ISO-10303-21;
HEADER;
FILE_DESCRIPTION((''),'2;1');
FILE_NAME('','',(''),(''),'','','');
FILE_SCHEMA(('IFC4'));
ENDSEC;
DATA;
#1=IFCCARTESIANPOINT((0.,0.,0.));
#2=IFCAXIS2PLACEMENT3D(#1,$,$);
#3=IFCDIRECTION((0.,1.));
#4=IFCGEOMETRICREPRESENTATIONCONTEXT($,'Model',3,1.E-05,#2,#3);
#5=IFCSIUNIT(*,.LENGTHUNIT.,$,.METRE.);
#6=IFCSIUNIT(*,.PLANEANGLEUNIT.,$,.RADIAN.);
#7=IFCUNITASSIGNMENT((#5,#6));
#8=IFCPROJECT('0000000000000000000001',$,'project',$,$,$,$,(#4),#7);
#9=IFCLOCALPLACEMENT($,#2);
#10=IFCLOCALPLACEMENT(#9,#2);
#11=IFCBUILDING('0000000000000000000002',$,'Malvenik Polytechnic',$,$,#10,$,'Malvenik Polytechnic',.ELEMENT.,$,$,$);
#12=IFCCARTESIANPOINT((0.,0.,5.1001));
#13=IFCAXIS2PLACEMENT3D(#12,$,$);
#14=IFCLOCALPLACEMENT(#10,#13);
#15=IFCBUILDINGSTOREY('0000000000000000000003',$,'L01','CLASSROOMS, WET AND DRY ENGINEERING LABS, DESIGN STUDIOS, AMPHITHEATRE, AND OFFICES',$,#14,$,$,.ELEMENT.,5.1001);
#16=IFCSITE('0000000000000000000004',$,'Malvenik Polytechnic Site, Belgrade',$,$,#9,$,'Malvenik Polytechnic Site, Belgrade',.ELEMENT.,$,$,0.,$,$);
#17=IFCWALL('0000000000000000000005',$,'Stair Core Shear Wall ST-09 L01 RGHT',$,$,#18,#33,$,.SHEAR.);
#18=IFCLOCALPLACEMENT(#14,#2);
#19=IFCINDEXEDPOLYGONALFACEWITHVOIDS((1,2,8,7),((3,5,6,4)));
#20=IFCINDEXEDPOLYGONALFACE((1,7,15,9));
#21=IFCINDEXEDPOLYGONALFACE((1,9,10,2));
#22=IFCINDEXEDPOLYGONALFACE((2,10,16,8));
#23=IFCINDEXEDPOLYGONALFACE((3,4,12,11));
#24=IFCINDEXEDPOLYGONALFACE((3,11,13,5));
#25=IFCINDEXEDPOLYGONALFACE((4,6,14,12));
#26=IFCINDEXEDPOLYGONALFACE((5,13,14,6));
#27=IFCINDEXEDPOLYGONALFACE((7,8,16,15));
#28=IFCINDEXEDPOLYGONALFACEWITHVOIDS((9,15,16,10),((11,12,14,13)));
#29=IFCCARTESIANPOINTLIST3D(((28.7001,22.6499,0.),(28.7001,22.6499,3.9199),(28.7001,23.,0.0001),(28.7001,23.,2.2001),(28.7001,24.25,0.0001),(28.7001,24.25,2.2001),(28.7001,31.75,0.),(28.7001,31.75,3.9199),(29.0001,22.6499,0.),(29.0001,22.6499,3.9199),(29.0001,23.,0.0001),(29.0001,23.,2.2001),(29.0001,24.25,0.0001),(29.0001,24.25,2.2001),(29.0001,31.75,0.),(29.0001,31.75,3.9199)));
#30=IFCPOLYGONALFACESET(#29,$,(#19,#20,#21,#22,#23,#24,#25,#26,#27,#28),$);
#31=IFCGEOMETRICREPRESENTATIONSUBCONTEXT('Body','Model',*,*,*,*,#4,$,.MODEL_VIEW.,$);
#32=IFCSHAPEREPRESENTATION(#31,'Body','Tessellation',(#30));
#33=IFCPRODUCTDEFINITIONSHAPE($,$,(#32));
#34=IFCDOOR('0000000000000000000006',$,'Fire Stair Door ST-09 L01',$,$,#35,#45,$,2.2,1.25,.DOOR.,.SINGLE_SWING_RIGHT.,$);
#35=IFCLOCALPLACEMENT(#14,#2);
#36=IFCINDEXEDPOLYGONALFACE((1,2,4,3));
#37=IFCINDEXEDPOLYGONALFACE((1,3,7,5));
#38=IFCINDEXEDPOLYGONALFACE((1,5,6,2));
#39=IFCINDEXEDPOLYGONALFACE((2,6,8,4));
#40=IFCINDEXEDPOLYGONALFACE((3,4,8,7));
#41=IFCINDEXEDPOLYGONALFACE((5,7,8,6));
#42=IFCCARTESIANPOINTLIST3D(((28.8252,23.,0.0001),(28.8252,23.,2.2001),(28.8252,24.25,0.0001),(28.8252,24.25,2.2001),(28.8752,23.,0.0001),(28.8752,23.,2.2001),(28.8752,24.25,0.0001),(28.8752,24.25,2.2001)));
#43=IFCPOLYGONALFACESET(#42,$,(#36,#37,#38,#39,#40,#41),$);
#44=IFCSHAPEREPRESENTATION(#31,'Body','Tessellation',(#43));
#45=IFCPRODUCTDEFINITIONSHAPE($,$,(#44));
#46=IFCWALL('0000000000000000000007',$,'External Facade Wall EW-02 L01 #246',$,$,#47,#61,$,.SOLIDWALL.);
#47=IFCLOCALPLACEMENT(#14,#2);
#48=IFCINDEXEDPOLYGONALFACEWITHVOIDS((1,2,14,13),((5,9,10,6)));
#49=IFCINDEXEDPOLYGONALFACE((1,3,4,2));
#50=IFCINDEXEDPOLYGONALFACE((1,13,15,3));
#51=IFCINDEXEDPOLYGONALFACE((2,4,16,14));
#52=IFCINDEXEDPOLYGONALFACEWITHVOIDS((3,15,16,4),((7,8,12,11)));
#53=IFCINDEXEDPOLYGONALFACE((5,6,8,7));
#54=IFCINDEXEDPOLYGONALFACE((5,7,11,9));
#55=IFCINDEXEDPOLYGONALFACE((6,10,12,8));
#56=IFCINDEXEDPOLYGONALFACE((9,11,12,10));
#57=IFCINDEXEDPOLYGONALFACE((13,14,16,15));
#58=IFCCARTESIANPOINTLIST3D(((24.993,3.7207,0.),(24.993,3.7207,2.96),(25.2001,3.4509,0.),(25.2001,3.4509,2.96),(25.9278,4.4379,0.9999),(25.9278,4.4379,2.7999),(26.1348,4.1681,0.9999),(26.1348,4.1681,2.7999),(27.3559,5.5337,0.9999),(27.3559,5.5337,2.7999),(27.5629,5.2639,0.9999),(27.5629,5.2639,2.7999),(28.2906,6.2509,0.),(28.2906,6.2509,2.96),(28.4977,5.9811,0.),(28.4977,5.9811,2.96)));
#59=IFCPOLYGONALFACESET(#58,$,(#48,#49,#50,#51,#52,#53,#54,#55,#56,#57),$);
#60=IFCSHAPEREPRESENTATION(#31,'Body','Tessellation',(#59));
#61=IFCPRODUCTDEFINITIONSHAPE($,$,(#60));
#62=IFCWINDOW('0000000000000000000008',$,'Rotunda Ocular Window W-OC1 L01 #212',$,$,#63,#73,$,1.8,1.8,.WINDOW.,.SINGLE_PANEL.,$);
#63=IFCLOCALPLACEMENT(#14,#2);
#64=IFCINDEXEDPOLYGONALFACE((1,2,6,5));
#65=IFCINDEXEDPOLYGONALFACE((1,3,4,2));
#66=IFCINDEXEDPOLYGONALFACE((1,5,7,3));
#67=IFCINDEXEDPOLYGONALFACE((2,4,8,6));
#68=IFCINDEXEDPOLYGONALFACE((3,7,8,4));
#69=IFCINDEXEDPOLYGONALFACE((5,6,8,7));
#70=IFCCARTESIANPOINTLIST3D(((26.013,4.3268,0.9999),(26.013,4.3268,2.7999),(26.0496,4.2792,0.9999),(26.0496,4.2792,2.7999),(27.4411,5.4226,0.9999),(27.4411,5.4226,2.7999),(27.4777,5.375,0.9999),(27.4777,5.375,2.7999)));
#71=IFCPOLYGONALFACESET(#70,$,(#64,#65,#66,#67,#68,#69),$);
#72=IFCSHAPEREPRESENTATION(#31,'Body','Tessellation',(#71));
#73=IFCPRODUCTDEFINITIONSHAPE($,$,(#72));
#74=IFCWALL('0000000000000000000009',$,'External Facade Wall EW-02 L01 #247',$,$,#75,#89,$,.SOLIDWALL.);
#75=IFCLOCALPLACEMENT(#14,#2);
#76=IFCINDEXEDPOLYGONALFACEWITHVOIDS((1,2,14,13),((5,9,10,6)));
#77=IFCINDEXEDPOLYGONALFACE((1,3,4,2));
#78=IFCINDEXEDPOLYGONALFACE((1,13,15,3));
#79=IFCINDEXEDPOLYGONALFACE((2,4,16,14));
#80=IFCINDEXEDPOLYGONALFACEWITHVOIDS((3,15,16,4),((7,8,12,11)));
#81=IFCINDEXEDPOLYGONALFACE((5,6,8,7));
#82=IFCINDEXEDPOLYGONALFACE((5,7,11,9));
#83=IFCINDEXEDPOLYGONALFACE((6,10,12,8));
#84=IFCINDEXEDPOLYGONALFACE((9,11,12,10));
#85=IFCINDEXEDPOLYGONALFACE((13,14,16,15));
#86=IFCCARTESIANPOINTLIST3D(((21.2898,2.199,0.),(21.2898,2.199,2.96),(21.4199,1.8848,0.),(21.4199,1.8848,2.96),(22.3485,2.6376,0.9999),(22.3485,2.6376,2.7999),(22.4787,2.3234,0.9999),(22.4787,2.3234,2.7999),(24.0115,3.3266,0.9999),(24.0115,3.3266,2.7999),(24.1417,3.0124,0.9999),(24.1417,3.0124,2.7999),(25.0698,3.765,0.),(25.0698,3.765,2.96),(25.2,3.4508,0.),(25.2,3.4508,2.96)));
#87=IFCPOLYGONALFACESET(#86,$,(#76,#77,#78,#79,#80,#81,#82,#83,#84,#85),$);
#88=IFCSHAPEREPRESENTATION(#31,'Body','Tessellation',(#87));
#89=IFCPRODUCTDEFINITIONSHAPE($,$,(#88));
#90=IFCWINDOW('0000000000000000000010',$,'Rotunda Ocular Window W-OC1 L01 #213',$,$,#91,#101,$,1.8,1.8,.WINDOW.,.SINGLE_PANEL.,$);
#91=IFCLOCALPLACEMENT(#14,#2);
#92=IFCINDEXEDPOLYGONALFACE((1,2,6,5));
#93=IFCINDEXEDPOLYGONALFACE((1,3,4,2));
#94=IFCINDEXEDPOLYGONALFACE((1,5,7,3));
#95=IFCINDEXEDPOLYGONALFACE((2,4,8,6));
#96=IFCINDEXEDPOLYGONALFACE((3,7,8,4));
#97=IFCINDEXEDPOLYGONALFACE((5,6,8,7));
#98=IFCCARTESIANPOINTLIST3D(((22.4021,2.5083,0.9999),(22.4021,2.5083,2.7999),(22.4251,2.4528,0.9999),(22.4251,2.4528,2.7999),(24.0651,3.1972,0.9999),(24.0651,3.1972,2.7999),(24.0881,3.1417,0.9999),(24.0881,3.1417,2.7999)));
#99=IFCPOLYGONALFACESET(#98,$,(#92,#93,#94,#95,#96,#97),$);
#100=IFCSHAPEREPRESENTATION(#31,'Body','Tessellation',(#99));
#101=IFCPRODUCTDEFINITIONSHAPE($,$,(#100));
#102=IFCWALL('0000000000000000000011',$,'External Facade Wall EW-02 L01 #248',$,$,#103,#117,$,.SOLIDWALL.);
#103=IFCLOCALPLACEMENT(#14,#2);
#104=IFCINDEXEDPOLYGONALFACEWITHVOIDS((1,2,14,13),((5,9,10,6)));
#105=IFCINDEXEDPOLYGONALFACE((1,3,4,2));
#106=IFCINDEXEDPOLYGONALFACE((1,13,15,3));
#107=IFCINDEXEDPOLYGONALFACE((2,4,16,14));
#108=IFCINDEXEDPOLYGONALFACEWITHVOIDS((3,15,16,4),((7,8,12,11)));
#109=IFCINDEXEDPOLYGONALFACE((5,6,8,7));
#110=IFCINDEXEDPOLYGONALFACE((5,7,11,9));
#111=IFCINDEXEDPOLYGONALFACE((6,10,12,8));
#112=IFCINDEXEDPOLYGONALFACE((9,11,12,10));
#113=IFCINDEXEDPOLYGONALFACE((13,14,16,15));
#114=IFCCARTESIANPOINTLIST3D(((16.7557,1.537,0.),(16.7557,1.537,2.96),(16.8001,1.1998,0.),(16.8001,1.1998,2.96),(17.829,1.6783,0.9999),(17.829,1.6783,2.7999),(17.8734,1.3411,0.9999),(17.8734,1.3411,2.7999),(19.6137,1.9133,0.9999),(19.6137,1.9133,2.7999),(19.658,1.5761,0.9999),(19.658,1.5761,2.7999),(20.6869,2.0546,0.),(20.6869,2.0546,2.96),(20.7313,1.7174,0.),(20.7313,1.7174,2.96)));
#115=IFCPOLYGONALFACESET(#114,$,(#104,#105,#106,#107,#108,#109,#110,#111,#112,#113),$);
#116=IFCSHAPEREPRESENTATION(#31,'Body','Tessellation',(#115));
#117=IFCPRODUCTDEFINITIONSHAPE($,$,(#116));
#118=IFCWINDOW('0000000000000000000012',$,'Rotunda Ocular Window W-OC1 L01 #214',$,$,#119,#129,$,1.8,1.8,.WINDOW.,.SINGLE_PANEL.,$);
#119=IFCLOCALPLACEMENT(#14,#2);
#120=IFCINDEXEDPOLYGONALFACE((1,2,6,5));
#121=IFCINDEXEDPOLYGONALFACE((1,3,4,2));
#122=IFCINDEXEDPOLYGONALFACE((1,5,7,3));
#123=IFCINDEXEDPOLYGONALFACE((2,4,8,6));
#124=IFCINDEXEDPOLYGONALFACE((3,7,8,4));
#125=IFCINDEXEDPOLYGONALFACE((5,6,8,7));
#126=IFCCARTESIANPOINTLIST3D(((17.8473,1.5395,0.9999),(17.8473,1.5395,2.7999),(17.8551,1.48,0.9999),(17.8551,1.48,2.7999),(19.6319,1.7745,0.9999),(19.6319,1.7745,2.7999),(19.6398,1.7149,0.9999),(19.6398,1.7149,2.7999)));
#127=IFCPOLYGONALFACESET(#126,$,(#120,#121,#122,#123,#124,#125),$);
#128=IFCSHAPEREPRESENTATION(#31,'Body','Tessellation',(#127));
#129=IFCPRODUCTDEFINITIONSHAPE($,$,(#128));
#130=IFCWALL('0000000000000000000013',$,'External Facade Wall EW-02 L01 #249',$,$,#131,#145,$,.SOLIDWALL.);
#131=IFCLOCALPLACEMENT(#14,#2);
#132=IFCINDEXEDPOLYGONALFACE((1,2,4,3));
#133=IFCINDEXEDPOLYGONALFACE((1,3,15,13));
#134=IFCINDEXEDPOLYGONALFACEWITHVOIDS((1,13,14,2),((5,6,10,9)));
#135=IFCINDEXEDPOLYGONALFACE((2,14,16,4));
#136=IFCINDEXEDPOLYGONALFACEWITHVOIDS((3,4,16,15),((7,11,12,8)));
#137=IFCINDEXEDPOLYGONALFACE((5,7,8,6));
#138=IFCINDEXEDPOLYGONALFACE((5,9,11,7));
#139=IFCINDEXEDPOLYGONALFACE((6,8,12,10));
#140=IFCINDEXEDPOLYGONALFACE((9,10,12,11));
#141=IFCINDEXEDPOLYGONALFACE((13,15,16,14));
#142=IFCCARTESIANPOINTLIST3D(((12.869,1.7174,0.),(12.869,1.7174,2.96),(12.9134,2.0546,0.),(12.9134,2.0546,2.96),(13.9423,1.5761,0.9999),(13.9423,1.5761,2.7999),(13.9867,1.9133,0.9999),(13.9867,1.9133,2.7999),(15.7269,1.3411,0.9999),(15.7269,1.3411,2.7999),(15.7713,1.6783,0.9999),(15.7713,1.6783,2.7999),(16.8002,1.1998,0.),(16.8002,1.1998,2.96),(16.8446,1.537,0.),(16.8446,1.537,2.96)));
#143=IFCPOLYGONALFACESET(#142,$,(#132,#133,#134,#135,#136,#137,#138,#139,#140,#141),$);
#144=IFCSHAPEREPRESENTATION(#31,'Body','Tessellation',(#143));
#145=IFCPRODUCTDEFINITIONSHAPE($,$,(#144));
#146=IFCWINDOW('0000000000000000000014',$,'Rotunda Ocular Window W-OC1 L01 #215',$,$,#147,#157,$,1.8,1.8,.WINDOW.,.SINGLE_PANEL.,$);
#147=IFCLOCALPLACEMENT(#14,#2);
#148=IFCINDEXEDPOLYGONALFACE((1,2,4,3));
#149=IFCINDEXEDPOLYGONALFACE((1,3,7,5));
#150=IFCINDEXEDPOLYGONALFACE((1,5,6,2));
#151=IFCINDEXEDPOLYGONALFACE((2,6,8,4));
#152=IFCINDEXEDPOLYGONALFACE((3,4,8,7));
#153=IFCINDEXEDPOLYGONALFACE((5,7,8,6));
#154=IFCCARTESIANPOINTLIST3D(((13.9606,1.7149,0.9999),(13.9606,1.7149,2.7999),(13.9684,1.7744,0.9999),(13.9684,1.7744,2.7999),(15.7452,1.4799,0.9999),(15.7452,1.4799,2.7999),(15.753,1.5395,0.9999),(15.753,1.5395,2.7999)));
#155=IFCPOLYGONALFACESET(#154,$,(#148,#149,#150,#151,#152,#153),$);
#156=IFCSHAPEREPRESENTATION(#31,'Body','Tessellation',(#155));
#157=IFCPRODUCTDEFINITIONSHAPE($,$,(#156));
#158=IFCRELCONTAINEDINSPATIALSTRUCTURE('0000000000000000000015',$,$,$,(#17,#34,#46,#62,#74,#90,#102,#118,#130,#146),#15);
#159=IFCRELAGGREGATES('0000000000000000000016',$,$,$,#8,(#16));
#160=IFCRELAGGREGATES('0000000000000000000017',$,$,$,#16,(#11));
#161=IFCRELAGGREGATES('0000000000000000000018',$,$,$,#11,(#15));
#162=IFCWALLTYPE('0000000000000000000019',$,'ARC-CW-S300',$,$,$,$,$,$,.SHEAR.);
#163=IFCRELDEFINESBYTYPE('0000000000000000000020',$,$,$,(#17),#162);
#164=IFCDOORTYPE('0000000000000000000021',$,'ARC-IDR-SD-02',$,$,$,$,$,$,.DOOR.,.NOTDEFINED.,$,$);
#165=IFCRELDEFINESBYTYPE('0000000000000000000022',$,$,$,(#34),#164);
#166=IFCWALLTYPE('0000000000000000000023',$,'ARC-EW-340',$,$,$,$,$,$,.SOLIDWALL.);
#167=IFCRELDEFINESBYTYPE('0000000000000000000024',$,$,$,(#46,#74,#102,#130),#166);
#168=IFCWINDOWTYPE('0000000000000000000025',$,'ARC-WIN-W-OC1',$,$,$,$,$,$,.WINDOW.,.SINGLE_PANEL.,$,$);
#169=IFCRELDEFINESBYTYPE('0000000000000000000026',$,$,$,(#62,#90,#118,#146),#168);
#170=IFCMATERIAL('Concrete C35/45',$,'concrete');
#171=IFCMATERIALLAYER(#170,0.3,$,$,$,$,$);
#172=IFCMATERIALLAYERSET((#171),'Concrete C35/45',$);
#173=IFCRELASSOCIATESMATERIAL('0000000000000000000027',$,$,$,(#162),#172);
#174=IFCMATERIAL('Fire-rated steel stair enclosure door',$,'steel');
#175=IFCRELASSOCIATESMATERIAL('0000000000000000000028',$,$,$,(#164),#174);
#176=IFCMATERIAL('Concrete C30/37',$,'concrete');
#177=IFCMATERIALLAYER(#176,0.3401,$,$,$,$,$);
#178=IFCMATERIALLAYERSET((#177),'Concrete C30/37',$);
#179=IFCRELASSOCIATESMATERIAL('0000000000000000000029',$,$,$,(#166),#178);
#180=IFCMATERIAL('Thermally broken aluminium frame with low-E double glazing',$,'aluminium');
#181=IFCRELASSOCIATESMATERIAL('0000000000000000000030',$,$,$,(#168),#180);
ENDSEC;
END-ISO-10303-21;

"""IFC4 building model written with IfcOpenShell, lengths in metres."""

from ifc_helpers import new_model, si_unit, direction, frame, frame_2d, origin, place, context, subcontext, project, spatial, rectangle, extrude, material, layer, layer_set, type_object, element, fill, save


model = new_model("IFC4")

# Units and contexts
model_context = context("Model", 3, precision=1e-05, world=origin(), true_north=direction((0.0, 1.0)))
body_context = subcontext(model_context, "Body", "Model", "MODEL_VIEW")
ifc_project = project(units=[si_unit("LENGTHUNIT", "METRE"), si_unit("PLANEANGLEUNIT", "RADIAN")], contexts=[model_context])

# Site, building, storey
site_placement = place(None, origin())
site = spatial("IfcSite", under=ifc_project, at=site_placement, Name="Malvenik Polytechnic Site, Belgrade", LongName="Malvenik Polytechnic Site, Belgrade", CompositionType="ELEMENT", RefElevation=0.0)
building_placement = place(site_placement, origin())
building = spatial("IfcBuilding", under=site, at=building_placement, Name="Malvenik Polytechnic", LongName="Malvenik Polytechnic", CompositionType="ELEMENT")
storey_placement = place(building_placement, frame((0.0, 0.0, 5.1001)))
storey = spatial("IfcBuildingStorey", under=building, at=storey_placement, Name="L01", Description="CLASSROOMS, WET AND DRY ENGINEERING LABS, DESIGN STUDIOS, AMPHITHEATRE, AND OFFICES", CompositionType="ELEMENT", Elevation=5.1001)

# Shared definitions
ifc_material_1 = material(Name="Concrete C35/45", Category="concrete")

# Wall, opening, door
ifc_layer_1 = layer(ifc_material_1, 0.3)
ifc_layer_set_1 = layer_set([ifc_layer_1], Name="Concrete C35/45")
wall_type_1 = type_object("IfcWallType", Name="ARC-CW-S300", PredefinedType="SHEAR", material=ifc_layer_set_1)
wall_1_placement = place(storey_placement, frame((28.8501, 22.6499, 0.0), z_axis=(0.0, 0.0, 1.0), x_axis=(0.0, 1.0, 0.0)))
wall_1 = element("IfcWall", 1, at=wall_1_placement, inside=storey, type_object=wall_type_1, Name="Stair Core Shear Wall ST-09 L01 RGHT", PredefinedType="SHEAR", context=body_context, shape_type="SweptSolid", body=[
    extrude(rectangle(XDim=9.1001, YDim=0.3, at=frame_2d((4.55, 0.0))), origin(), (0.0, 0.0, 1.0), 3.9199),
])
opening_1_placement = place(wall_1_placement, frame((0.3501, 0.0, 0.0)))
opening_1 = element("IfcOpeningElement", 2, at=opening_1_placement, cuts=wall_1, PredefinedType="OPENING", context=body_context, shape_type="SweptSolid", body=[
    extrude(rectangle(XDim=1.25, YDim=2.2, at=frame_2d((0.625, 1.1001))), frame((0.0, 0.1602, 0.0), z_axis=(0.0, -1.0, 0.0), x_axis=(1.0, 0.0, 0.0)), (0.0, 0.0, 1.0), 0.3201),
])
ifc_material_2 = material(Name="Fire-rated steel stair enclosure door", Category="steel")
door_type_1 = type_object("IfcDoorType", Name="ARC-IDR-SD-02", OperationType="NOTDEFINED", PredefinedType="DOOR", material=ifc_material_2)
door_1_placement = place(opening_1_placement, origin())
door_1 = element("IfcDoor", 3, at=door_1_placement, inside=storey, type_object=door_type_1, Name="Fire Stair Door ST-09 L01", OperationType="SINGLE_SWING_RIGHT", OverallHeight=2.2, OverallWidth=1.25, PredefinedType="DOOR", context=body_context, shape_type="SweptSolid", body=[
    extrude(rectangle(XDim=1.25, YDim=2.2, at=frame_2d((0.625, 1.1001))), frame((0.0, 0.0249, 0.0), z_axis=(0.0, -1.0, 0.0), x_axis=(1.0, 0.0, 0.0)), (0.0, 0.0, 1.0), 0.05),
])
fill(opening_1, door_1)

# Walls, openings, windows
ifc_material_3 = material(Name="Concrete C30/37", Category="concrete")
ifc_layer_2 = layer(ifc_material_3, 0.3401)
ifc_layer_set_2 = layer_set([ifc_layer_2], Name="Concrete C30/37")
wall_type_2 = type_object("IfcWallType", Name="ARC-EW-340", PredefinedType="SOLIDWALL", material=ifc_layer_set_2)
wall_2_placement = place(storey_placement, frame((28.394, 6.116, 0.0), z_axis=(0.0, 0.0, 1.0), x_axis=(-0.793361, -0.608751, 0.0)))
wall_2 = element("IfcWall", 4, at=wall_2_placement, inside=storey, type_object=wall_type_2, Name="External Facade Wall EW-02 L01 #246", PredefinedType="SOLIDWALL", context=body_context, shape_type="SweptSolid", body=[
    extrude(rectangle(XDim=4.1565, YDim=0.3401, at=frame_2d((2.0781, 0.0))), origin(), (0.0, 0.0, 1.0), 2.96),
])
opening_2_placement = place(wall_2_placement, frame((1.1782, 0.0, 1.0)))
opening_2 = element("IfcOpeningElement", 5, at=opening_2_placement, cuts=wall_2, PredefinedType="OPENING", context=body_context, shape_type="SweptSolid", body=[
    extrude(rectangle(XDim=1.8, YDim=1.8, at=frame_2d((0.8999, 0.8999))), frame((0.0, 0.1802, 0.0), z_axis=(0.0, -1.0, 0.0), x_axis=(1.0, 0.0, 0.0)), (0.0, 0.0, 1.0), 0.3601),
])
ifc_material_4 = material(Name="Thermally broken aluminium frame with low-E double glazing", Category="aluminium")
window_type = type_object("IfcWindowType", Name="ARC-WIN-W-OC1", PartitioningType="SINGLE_PANEL", PredefinedType="WINDOW", material=ifc_material_4)
window_1_placement = place(opening_2_placement, origin())
window_1 = element("IfcWindow", 6, at=window_1_placement, inside=storey, type_object=window_type, Name="Rotunda Ocular Window W-OC1 L01 #212", OverallHeight=1.8, OverallWidth=1.8, PartitioningType="SINGLE_PANEL", PredefinedType="WINDOW", context=body_context, shape_type="SweptSolid", body=[
    extrude(rectangle(XDim=1.8, YDim=1.8, at=frame_2d((0.8999, 0.8999))), frame((0.0, 0.03, 0.0), z_axis=(0.0, -1.0, 0.0), x_axis=(1.0, 0.0, 0.0)), (0.0, 0.0, 1.0), 0.0601),
])
fill(opening_2, window_1)
wall_3_placement = place(storey_placement, frame((25.135, 3.6079, 0.0), z_axis=(0.0, 0.0, 1.0), x_axis=(-0.923864, -0.382721, 0.0)))
wall_3 = element("IfcWall", 7, at=wall_3_placement, inside=storey, type_object=wall_type_2, Name="External Facade Wall EW-02 L01 #247", PredefinedType="SOLIDWALL", context=body_context, shape_type="SweptSolid", body=[
    extrude(rectangle(XDim=4.0916, YDim=0.3401, at=frame_2d((2.0459, 0.0))), origin(), (0.0, 0.0, 1.0), 2.96),
])
opening_3_placement = place(wall_3_placement, frame((1.1458, 0.0, 1.0)))
opening_3 = element("IfcOpeningElement", 8, at=opening_3_placement, cuts=wall_3, PredefinedType="OPENING", context=body_context, shape_type="SweptSolid", body=[
    extrude(rectangle(XDim=1.8, YDim=1.8, at=frame_2d((0.8999, 0.8999))), frame((0.0, 0.1802, 0.0), z_axis=(0.0, -1.0, 0.0), x_axis=(1.0, 0.0, 0.0)), (0.0, 0.0, 1.0), 0.3601),
])
window_2_placement = place(opening_3_placement, origin())
window_2 = element("IfcWindow", 9, at=window_2_placement, inside=storey, type_object=window_type, Name="Rotunda Ocular Window W-OC1 L01 #213", OverallHeight=1.8, OverallWidth=1.8, PartitioningType="SINGLE_PANEL", PredefinedType="WINDOW", context=body_context, shape_type="SweptSolid", body=[
    extrude(rectangle(XDim=1.8, YDim=1.8, at=frame_2d((0.8999, 0.8999))), frame((0.0, 0.03, 0.0), z_axis=(0.0, -1.0, 0.0), x_axis=(1.0, 0.0, 0.0)), (0.0, 0.0, 1.0), 0.0601),
])
fill(opening_3, window_2)
wall_4_placement = place(storey_placement, frame((20.709, 1.886, 0.0), z_axis=(0.0, 0.0, 1.0), x_axis=(-0.991444, -0.130534, 0.0)))
wall_4 = element("IfcWall", 10, at=wall_4_placement, inside=storey, type_object=wall_type_2, Name="External Facade Wall EW-02 L01 #248", PredefinedType="SOLIDWALL", context=body_context, shape_type="SweptSolid", body=[
    extrude(rectangle(XDim=3.9651, YDim=0.3401, at=frame_2d((1.9824, 0.0))), origin(), (0.0, 0.0, 1.0), 2.96),
])
opening_4_placement = place(wall_4_placement, frame((1.0825, 0.0, 1.0)))
opening_4 = element("IfcOpeningElement", 11, at=opening_4_placement, cuts=wall_4, PredefinedType="OPENING", context=body_context, shape_type="SweptSolid", body=[
    extrude(rectangle(XDim=1.8, YDim=1.8, at=frame_2d((0.8999, 0.8999))), frame((0.0, 0.1802, 0.0), z_axis=(0.0, -1.0, 0.0), x_axis=(1.0, 0.0, 0.0)), (0.0, 0.0, 1.0), 0.3601),
])
window_3_placement = place(opening_4_placement, origin())
window_3 = element("IfcWindow", 12, at=window_3_placement, inside=storey, type_object=window_type, Name="Rotunda Ocular Window W-OC1 L01 #214", OverallHeight=1.8, OverallWidth=1.8, PartitioningType="SINGLE_PANEL", PredefinedType="WINDOW", context=body_context, shape_type="SweptSolid", body=[
    extrude(rectangle(XDim=1.8, YDim=1.8, at=frame_2d((0.8999, 0.8999))), frame((0.0, 0.03, 0.0), z_axis=(0.0, -1.0, 0.0), x_axis=(1.0, 0.0, 0.0)), (0.0, 0.0, 1.0), 0.0601),
])
fill(opening_4, window_3)
wall_5_placement = place(storey_placement, frame((16.8223, 1.3684, 0.0), z_axis=(0.0, 0.0, 1.0), x_axis=(-0.991444, 0.130534, 0.0)))
wall_5 = element("IfcWall", 13, at=wall_5_placement, inside=storey, type_object=wall_type_2, Name="External Facade Wall EW-02 L01 #249", PredefinedType="SOLIDWALL", context=body_context, shape_type="SweptSolid", body=[
    extrude(rectangle(XDim=3.9651, YDim=0.3401, at=frame_2d((1.9824, 0.0))), origin(), (0.0, 0.0, 1.0), 2.96),
])
opening_5_placement = place(wall_5_placement, frame((1.0825, 0.0, 1.0)))
opening_5 = element("IfcOpeningElement", 14, at=opening_5_placement, cuts=wall_5, PredefinedType="OPENING", context=body_context, shape_type="SweptSolid", body=[
    extrude(rectangle(XDim=1.8, YDim=1.8, at=frame_2d((0.8999, 0.8999))), frame((0.0, 0.1802, 0.0), z_axis=(0.0, -1.0, 0.0), x_axis=(1.0, 0.0, 0.0)), (0.0, 0.0, 1.0), 0.3601),
])
window_4_placement = place(opening_5_placement, origin())
window_4 = element("IfcWindow", 15, at=window_4_placement, inside=storey, type_object=window_type, Name="Rotunda Ocular Window W-OC1 L01 #215", OverallHeight=1.8, OverallWidth=1.8, PartitioningType="SINGLE_PANEL", PredefinedType="WINDOW", context=body_context, shape_type="SweptSolid", body=[
    extrude(rectangle(XDim=1.8, YDim=1.8, at=frame_2d((0.8999, 0.8999))), frame((0.0, 0.03, 0.0), z_axis=(0.0, -1.0, 0.0), x_axis=(1.0, 0.0, 0.0)), (0.0, 0.0, 1.0), 0.0601),
])
fill(opening_5, window_4)

save(model, "model.ifc")
